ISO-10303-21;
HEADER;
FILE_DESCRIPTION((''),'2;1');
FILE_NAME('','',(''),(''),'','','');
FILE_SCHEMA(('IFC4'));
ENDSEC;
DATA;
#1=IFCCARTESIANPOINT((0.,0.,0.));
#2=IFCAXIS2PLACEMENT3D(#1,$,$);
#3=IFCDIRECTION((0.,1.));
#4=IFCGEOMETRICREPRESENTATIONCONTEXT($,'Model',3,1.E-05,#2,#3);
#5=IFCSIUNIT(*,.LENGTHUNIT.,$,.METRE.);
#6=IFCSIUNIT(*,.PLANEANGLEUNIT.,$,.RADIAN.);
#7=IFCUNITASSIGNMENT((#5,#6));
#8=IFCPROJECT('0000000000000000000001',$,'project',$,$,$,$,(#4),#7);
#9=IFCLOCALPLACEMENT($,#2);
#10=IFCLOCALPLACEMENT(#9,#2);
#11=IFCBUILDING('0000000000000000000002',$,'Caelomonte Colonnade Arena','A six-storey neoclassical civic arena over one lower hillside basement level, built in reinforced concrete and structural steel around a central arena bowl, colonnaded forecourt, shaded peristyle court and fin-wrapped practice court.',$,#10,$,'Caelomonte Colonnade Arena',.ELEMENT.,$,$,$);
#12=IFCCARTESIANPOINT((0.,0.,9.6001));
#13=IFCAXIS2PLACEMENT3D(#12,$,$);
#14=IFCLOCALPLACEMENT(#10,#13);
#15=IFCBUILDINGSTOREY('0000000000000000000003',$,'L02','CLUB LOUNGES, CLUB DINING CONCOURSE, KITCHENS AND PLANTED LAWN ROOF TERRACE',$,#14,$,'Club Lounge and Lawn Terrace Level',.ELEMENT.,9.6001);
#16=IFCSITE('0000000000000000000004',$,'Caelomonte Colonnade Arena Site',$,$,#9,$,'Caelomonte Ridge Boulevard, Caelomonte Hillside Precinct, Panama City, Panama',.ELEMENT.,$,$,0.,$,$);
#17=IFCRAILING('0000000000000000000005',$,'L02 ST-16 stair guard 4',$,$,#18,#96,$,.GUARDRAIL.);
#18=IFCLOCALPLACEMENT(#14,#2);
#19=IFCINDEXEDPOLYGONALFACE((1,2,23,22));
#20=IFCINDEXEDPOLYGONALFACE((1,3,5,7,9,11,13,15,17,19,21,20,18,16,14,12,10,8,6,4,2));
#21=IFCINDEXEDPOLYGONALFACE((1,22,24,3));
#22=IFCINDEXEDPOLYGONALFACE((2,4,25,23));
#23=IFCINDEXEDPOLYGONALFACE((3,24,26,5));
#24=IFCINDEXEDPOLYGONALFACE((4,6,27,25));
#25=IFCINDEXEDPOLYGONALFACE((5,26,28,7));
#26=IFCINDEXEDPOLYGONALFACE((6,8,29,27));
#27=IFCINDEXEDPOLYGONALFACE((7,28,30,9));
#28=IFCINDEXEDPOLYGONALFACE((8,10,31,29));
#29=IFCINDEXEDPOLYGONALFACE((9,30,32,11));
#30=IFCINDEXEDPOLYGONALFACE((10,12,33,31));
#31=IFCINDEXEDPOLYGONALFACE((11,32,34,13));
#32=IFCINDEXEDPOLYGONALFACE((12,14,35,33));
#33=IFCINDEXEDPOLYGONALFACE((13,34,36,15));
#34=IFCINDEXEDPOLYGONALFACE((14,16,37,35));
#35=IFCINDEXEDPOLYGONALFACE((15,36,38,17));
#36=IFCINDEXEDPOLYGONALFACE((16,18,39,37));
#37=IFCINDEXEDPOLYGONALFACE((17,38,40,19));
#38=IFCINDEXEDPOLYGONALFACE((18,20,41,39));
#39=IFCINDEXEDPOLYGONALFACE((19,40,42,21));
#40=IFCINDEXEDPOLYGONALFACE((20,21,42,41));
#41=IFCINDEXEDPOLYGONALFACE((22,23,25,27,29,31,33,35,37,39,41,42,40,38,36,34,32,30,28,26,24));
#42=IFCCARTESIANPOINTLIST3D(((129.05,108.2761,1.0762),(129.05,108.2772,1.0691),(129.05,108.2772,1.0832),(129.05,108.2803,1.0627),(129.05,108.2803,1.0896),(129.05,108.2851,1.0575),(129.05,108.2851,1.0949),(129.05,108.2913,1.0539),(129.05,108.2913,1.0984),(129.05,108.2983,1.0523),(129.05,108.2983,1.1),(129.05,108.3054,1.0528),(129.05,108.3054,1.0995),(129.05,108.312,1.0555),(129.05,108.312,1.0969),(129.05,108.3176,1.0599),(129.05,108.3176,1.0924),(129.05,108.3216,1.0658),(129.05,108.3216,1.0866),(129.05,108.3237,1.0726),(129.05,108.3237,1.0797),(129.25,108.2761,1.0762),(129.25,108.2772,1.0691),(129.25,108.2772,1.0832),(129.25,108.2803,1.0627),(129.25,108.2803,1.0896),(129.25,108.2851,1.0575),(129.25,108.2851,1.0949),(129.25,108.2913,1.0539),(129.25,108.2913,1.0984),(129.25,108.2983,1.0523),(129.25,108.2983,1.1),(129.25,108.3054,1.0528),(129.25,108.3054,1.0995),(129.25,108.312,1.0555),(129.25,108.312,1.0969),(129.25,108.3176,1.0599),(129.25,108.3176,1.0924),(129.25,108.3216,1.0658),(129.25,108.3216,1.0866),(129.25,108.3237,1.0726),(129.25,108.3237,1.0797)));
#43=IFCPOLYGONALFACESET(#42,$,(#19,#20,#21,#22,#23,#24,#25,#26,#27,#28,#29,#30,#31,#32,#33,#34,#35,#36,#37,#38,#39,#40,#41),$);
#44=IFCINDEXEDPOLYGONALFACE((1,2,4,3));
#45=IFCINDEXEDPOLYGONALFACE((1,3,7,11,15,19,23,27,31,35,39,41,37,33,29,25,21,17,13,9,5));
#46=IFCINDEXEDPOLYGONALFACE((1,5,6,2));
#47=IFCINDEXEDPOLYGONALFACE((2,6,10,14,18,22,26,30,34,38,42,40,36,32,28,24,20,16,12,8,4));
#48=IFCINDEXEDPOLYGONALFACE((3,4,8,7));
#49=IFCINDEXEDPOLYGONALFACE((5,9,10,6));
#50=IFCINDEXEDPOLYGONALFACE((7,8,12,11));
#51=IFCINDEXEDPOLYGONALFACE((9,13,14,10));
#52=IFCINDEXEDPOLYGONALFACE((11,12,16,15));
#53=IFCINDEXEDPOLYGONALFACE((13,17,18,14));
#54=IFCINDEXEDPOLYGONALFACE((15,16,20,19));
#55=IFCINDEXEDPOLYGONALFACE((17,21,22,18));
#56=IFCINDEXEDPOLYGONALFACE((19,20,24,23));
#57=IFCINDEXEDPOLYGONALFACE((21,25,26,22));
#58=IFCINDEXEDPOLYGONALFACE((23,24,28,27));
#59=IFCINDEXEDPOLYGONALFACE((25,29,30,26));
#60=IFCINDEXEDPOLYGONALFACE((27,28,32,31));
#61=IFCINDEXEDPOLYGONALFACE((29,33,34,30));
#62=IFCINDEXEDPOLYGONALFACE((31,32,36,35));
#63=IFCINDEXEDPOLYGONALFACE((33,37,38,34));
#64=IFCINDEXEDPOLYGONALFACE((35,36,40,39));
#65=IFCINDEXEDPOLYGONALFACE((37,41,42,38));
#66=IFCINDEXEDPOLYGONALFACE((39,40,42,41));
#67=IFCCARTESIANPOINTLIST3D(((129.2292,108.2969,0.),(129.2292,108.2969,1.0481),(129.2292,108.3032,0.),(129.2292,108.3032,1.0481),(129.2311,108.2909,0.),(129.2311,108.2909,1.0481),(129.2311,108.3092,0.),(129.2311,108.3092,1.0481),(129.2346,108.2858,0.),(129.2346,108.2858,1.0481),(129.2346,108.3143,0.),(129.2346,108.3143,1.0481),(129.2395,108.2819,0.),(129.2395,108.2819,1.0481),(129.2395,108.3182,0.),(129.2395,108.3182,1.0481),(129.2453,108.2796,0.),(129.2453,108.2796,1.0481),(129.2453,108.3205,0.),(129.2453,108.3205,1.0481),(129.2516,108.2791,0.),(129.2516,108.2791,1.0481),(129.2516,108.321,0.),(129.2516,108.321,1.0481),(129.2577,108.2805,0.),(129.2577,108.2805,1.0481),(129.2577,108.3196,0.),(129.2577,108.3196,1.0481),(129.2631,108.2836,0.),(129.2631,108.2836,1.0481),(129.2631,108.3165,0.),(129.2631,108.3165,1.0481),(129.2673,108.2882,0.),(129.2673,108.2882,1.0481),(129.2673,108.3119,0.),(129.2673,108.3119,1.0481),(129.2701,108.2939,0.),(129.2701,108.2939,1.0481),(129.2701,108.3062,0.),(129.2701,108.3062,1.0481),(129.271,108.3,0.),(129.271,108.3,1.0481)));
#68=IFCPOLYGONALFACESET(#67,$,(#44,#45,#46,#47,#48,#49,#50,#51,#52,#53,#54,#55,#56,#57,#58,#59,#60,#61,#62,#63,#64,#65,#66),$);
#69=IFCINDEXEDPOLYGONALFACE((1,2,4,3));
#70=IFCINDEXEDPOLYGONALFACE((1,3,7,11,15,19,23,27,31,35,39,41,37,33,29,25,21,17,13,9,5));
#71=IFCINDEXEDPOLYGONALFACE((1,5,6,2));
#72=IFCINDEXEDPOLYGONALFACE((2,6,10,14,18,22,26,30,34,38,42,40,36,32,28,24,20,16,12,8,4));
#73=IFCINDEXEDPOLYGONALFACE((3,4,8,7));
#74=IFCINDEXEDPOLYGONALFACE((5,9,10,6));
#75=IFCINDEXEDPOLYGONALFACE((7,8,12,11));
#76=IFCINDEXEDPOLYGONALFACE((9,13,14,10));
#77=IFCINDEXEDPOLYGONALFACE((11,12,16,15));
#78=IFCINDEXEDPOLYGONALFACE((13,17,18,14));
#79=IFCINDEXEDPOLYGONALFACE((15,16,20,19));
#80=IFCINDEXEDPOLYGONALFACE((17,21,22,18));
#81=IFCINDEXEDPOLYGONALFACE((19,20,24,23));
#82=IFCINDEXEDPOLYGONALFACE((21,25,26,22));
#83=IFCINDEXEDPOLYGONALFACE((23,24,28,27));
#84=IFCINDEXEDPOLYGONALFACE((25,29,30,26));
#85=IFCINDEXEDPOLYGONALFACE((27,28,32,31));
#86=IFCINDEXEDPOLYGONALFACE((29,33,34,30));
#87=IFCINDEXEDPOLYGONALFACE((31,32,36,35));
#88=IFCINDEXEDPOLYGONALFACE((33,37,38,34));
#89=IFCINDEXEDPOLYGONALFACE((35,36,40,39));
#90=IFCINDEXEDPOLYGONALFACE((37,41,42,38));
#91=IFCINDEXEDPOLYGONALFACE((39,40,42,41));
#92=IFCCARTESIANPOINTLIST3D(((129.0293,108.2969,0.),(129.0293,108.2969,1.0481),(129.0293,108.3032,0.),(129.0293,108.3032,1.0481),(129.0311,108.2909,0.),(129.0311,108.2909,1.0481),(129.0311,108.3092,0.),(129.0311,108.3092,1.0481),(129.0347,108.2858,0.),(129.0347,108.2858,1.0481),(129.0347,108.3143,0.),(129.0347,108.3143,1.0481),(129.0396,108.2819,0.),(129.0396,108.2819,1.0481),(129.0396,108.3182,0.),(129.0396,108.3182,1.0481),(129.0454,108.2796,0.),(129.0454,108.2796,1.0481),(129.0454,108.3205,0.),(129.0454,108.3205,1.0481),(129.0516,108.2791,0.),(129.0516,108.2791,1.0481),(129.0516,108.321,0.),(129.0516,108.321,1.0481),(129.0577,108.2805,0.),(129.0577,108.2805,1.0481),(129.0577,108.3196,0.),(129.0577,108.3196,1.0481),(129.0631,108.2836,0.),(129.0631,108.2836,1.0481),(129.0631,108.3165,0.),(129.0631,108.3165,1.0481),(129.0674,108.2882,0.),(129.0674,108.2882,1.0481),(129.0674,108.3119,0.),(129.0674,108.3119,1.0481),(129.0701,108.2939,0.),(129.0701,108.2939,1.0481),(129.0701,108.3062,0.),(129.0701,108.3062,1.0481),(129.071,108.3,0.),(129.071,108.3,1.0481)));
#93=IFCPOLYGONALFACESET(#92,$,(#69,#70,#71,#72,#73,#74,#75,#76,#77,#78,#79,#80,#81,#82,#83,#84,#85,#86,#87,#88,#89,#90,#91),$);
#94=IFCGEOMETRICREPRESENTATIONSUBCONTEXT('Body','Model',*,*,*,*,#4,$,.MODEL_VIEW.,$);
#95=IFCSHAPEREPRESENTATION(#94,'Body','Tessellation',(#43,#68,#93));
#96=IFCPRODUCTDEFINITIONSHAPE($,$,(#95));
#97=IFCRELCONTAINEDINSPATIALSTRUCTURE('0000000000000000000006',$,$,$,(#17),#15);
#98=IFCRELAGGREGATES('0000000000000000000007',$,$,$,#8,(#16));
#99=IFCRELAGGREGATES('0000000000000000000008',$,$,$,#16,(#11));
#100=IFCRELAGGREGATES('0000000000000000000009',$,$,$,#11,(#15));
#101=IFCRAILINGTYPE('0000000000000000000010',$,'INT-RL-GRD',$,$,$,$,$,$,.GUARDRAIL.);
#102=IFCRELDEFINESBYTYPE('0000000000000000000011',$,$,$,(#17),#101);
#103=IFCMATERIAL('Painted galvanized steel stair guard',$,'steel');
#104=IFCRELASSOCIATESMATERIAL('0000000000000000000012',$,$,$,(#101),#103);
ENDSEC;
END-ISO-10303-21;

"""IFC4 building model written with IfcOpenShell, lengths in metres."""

from ifc_helpers import new_model, si_unit, direction, frame, origin, origin_2d, place, context, subcontext, project, spatial, circle, extrude, material, type_object, element, save


model = new_model("IFC4")

# Units and contexts
model_context = context("Model", 3, precision=1e-05, world=origin(), true_north=direction((0.0, 1.0)))
body_context = subcontext(model_context, "Body", "Model", "MODEL_VIEW")
ifc_project = project(units=[si_unit("LENGTHUNIT", "METRE"), si_unit("PLANEANGLEUNIT", "RADIAN")], contexts=[model_context])

# Site, building, storey
site_placement = place(None, origin())
site = spatial("IfcSite", under=ifc_project, at=site_placement, Name="Caelomonte Colonnade Arena Site", LongName="Caelomonte Ridge Boulevard, Caelomonte Hillside Precinct, Panama City, Panama", CompositionType="ELEMENT", RefElevation=0.0)
building_placement = place(site_placement, origin())
building = spatial("IfcBuilding", under=site, at=building_placement, Name="Caelomonte Colonnade Arena", Description="A six-storey neoclassical civic arena over one lower hillside basement level, built in reinforced concrete and structural steel around a central arena bowl, colonnaded forecourt, shaded peristyle court and fin-wrapped practice court.", LongName="Caelomonte Colonnade Arena", CompositionType="ELEMENT")
storey_placement = place(building_placement, frame((0.0, 0.0, 9.6001)))
storey = spatial("IfcBuildingStorey", under=building, at=storey_placement, Name="L02", Description="CLUB LOUNGES, CLUB DINING CONCOURSE, KITCHENS AND PLANTED LAWN ROOF TERRACE", LongName="Club Lounge and Lawn Terrace Level", CompositionType="ELEMENT", Elevation=9.6001)

# Railing
ifc_material_1 = material(Name="Painted galvanized steel stair guard", Category="steel")
railing_type_1 = type_object("IfcRailingType", Name="INT-RL-GRD", PredefinedType="GUARDRAIL", material=ifc_material_1)
railing_1_placement = place(storey_placement, frame((129.25, 108.3, 0.0)))
element("IfcRailing", 1, at=railing_1_placement, inside=storey, type_object=railing_type_1, Name="L02 ST-16 stair guard 4", PredefinedType="GUARDRAIL", context=body_context, shape_type="SweptSolid", body=[
    extrude(circle(Radius=0.0239, at=origin_2d()), frame((0.0, 0.0, 1.0762), z_axis=(-1.0, 0.0, 0.0), x_axis=(0.0, -1.0, 0.0)), (0.0, 0.0, 1.0), 0.2),
    extrude(circle(Radius=0.021, at=origin_2d()), origin(), (0.0, 0.0, 1.0), 1.0481),
    extrude(circle(Radius=0.021, at=origin_2d()), frame((-0.2, 0.0, 0.0)), (0.0, 0.0, 1.0), 1.0481),
])

save(model, "model.ifc")
